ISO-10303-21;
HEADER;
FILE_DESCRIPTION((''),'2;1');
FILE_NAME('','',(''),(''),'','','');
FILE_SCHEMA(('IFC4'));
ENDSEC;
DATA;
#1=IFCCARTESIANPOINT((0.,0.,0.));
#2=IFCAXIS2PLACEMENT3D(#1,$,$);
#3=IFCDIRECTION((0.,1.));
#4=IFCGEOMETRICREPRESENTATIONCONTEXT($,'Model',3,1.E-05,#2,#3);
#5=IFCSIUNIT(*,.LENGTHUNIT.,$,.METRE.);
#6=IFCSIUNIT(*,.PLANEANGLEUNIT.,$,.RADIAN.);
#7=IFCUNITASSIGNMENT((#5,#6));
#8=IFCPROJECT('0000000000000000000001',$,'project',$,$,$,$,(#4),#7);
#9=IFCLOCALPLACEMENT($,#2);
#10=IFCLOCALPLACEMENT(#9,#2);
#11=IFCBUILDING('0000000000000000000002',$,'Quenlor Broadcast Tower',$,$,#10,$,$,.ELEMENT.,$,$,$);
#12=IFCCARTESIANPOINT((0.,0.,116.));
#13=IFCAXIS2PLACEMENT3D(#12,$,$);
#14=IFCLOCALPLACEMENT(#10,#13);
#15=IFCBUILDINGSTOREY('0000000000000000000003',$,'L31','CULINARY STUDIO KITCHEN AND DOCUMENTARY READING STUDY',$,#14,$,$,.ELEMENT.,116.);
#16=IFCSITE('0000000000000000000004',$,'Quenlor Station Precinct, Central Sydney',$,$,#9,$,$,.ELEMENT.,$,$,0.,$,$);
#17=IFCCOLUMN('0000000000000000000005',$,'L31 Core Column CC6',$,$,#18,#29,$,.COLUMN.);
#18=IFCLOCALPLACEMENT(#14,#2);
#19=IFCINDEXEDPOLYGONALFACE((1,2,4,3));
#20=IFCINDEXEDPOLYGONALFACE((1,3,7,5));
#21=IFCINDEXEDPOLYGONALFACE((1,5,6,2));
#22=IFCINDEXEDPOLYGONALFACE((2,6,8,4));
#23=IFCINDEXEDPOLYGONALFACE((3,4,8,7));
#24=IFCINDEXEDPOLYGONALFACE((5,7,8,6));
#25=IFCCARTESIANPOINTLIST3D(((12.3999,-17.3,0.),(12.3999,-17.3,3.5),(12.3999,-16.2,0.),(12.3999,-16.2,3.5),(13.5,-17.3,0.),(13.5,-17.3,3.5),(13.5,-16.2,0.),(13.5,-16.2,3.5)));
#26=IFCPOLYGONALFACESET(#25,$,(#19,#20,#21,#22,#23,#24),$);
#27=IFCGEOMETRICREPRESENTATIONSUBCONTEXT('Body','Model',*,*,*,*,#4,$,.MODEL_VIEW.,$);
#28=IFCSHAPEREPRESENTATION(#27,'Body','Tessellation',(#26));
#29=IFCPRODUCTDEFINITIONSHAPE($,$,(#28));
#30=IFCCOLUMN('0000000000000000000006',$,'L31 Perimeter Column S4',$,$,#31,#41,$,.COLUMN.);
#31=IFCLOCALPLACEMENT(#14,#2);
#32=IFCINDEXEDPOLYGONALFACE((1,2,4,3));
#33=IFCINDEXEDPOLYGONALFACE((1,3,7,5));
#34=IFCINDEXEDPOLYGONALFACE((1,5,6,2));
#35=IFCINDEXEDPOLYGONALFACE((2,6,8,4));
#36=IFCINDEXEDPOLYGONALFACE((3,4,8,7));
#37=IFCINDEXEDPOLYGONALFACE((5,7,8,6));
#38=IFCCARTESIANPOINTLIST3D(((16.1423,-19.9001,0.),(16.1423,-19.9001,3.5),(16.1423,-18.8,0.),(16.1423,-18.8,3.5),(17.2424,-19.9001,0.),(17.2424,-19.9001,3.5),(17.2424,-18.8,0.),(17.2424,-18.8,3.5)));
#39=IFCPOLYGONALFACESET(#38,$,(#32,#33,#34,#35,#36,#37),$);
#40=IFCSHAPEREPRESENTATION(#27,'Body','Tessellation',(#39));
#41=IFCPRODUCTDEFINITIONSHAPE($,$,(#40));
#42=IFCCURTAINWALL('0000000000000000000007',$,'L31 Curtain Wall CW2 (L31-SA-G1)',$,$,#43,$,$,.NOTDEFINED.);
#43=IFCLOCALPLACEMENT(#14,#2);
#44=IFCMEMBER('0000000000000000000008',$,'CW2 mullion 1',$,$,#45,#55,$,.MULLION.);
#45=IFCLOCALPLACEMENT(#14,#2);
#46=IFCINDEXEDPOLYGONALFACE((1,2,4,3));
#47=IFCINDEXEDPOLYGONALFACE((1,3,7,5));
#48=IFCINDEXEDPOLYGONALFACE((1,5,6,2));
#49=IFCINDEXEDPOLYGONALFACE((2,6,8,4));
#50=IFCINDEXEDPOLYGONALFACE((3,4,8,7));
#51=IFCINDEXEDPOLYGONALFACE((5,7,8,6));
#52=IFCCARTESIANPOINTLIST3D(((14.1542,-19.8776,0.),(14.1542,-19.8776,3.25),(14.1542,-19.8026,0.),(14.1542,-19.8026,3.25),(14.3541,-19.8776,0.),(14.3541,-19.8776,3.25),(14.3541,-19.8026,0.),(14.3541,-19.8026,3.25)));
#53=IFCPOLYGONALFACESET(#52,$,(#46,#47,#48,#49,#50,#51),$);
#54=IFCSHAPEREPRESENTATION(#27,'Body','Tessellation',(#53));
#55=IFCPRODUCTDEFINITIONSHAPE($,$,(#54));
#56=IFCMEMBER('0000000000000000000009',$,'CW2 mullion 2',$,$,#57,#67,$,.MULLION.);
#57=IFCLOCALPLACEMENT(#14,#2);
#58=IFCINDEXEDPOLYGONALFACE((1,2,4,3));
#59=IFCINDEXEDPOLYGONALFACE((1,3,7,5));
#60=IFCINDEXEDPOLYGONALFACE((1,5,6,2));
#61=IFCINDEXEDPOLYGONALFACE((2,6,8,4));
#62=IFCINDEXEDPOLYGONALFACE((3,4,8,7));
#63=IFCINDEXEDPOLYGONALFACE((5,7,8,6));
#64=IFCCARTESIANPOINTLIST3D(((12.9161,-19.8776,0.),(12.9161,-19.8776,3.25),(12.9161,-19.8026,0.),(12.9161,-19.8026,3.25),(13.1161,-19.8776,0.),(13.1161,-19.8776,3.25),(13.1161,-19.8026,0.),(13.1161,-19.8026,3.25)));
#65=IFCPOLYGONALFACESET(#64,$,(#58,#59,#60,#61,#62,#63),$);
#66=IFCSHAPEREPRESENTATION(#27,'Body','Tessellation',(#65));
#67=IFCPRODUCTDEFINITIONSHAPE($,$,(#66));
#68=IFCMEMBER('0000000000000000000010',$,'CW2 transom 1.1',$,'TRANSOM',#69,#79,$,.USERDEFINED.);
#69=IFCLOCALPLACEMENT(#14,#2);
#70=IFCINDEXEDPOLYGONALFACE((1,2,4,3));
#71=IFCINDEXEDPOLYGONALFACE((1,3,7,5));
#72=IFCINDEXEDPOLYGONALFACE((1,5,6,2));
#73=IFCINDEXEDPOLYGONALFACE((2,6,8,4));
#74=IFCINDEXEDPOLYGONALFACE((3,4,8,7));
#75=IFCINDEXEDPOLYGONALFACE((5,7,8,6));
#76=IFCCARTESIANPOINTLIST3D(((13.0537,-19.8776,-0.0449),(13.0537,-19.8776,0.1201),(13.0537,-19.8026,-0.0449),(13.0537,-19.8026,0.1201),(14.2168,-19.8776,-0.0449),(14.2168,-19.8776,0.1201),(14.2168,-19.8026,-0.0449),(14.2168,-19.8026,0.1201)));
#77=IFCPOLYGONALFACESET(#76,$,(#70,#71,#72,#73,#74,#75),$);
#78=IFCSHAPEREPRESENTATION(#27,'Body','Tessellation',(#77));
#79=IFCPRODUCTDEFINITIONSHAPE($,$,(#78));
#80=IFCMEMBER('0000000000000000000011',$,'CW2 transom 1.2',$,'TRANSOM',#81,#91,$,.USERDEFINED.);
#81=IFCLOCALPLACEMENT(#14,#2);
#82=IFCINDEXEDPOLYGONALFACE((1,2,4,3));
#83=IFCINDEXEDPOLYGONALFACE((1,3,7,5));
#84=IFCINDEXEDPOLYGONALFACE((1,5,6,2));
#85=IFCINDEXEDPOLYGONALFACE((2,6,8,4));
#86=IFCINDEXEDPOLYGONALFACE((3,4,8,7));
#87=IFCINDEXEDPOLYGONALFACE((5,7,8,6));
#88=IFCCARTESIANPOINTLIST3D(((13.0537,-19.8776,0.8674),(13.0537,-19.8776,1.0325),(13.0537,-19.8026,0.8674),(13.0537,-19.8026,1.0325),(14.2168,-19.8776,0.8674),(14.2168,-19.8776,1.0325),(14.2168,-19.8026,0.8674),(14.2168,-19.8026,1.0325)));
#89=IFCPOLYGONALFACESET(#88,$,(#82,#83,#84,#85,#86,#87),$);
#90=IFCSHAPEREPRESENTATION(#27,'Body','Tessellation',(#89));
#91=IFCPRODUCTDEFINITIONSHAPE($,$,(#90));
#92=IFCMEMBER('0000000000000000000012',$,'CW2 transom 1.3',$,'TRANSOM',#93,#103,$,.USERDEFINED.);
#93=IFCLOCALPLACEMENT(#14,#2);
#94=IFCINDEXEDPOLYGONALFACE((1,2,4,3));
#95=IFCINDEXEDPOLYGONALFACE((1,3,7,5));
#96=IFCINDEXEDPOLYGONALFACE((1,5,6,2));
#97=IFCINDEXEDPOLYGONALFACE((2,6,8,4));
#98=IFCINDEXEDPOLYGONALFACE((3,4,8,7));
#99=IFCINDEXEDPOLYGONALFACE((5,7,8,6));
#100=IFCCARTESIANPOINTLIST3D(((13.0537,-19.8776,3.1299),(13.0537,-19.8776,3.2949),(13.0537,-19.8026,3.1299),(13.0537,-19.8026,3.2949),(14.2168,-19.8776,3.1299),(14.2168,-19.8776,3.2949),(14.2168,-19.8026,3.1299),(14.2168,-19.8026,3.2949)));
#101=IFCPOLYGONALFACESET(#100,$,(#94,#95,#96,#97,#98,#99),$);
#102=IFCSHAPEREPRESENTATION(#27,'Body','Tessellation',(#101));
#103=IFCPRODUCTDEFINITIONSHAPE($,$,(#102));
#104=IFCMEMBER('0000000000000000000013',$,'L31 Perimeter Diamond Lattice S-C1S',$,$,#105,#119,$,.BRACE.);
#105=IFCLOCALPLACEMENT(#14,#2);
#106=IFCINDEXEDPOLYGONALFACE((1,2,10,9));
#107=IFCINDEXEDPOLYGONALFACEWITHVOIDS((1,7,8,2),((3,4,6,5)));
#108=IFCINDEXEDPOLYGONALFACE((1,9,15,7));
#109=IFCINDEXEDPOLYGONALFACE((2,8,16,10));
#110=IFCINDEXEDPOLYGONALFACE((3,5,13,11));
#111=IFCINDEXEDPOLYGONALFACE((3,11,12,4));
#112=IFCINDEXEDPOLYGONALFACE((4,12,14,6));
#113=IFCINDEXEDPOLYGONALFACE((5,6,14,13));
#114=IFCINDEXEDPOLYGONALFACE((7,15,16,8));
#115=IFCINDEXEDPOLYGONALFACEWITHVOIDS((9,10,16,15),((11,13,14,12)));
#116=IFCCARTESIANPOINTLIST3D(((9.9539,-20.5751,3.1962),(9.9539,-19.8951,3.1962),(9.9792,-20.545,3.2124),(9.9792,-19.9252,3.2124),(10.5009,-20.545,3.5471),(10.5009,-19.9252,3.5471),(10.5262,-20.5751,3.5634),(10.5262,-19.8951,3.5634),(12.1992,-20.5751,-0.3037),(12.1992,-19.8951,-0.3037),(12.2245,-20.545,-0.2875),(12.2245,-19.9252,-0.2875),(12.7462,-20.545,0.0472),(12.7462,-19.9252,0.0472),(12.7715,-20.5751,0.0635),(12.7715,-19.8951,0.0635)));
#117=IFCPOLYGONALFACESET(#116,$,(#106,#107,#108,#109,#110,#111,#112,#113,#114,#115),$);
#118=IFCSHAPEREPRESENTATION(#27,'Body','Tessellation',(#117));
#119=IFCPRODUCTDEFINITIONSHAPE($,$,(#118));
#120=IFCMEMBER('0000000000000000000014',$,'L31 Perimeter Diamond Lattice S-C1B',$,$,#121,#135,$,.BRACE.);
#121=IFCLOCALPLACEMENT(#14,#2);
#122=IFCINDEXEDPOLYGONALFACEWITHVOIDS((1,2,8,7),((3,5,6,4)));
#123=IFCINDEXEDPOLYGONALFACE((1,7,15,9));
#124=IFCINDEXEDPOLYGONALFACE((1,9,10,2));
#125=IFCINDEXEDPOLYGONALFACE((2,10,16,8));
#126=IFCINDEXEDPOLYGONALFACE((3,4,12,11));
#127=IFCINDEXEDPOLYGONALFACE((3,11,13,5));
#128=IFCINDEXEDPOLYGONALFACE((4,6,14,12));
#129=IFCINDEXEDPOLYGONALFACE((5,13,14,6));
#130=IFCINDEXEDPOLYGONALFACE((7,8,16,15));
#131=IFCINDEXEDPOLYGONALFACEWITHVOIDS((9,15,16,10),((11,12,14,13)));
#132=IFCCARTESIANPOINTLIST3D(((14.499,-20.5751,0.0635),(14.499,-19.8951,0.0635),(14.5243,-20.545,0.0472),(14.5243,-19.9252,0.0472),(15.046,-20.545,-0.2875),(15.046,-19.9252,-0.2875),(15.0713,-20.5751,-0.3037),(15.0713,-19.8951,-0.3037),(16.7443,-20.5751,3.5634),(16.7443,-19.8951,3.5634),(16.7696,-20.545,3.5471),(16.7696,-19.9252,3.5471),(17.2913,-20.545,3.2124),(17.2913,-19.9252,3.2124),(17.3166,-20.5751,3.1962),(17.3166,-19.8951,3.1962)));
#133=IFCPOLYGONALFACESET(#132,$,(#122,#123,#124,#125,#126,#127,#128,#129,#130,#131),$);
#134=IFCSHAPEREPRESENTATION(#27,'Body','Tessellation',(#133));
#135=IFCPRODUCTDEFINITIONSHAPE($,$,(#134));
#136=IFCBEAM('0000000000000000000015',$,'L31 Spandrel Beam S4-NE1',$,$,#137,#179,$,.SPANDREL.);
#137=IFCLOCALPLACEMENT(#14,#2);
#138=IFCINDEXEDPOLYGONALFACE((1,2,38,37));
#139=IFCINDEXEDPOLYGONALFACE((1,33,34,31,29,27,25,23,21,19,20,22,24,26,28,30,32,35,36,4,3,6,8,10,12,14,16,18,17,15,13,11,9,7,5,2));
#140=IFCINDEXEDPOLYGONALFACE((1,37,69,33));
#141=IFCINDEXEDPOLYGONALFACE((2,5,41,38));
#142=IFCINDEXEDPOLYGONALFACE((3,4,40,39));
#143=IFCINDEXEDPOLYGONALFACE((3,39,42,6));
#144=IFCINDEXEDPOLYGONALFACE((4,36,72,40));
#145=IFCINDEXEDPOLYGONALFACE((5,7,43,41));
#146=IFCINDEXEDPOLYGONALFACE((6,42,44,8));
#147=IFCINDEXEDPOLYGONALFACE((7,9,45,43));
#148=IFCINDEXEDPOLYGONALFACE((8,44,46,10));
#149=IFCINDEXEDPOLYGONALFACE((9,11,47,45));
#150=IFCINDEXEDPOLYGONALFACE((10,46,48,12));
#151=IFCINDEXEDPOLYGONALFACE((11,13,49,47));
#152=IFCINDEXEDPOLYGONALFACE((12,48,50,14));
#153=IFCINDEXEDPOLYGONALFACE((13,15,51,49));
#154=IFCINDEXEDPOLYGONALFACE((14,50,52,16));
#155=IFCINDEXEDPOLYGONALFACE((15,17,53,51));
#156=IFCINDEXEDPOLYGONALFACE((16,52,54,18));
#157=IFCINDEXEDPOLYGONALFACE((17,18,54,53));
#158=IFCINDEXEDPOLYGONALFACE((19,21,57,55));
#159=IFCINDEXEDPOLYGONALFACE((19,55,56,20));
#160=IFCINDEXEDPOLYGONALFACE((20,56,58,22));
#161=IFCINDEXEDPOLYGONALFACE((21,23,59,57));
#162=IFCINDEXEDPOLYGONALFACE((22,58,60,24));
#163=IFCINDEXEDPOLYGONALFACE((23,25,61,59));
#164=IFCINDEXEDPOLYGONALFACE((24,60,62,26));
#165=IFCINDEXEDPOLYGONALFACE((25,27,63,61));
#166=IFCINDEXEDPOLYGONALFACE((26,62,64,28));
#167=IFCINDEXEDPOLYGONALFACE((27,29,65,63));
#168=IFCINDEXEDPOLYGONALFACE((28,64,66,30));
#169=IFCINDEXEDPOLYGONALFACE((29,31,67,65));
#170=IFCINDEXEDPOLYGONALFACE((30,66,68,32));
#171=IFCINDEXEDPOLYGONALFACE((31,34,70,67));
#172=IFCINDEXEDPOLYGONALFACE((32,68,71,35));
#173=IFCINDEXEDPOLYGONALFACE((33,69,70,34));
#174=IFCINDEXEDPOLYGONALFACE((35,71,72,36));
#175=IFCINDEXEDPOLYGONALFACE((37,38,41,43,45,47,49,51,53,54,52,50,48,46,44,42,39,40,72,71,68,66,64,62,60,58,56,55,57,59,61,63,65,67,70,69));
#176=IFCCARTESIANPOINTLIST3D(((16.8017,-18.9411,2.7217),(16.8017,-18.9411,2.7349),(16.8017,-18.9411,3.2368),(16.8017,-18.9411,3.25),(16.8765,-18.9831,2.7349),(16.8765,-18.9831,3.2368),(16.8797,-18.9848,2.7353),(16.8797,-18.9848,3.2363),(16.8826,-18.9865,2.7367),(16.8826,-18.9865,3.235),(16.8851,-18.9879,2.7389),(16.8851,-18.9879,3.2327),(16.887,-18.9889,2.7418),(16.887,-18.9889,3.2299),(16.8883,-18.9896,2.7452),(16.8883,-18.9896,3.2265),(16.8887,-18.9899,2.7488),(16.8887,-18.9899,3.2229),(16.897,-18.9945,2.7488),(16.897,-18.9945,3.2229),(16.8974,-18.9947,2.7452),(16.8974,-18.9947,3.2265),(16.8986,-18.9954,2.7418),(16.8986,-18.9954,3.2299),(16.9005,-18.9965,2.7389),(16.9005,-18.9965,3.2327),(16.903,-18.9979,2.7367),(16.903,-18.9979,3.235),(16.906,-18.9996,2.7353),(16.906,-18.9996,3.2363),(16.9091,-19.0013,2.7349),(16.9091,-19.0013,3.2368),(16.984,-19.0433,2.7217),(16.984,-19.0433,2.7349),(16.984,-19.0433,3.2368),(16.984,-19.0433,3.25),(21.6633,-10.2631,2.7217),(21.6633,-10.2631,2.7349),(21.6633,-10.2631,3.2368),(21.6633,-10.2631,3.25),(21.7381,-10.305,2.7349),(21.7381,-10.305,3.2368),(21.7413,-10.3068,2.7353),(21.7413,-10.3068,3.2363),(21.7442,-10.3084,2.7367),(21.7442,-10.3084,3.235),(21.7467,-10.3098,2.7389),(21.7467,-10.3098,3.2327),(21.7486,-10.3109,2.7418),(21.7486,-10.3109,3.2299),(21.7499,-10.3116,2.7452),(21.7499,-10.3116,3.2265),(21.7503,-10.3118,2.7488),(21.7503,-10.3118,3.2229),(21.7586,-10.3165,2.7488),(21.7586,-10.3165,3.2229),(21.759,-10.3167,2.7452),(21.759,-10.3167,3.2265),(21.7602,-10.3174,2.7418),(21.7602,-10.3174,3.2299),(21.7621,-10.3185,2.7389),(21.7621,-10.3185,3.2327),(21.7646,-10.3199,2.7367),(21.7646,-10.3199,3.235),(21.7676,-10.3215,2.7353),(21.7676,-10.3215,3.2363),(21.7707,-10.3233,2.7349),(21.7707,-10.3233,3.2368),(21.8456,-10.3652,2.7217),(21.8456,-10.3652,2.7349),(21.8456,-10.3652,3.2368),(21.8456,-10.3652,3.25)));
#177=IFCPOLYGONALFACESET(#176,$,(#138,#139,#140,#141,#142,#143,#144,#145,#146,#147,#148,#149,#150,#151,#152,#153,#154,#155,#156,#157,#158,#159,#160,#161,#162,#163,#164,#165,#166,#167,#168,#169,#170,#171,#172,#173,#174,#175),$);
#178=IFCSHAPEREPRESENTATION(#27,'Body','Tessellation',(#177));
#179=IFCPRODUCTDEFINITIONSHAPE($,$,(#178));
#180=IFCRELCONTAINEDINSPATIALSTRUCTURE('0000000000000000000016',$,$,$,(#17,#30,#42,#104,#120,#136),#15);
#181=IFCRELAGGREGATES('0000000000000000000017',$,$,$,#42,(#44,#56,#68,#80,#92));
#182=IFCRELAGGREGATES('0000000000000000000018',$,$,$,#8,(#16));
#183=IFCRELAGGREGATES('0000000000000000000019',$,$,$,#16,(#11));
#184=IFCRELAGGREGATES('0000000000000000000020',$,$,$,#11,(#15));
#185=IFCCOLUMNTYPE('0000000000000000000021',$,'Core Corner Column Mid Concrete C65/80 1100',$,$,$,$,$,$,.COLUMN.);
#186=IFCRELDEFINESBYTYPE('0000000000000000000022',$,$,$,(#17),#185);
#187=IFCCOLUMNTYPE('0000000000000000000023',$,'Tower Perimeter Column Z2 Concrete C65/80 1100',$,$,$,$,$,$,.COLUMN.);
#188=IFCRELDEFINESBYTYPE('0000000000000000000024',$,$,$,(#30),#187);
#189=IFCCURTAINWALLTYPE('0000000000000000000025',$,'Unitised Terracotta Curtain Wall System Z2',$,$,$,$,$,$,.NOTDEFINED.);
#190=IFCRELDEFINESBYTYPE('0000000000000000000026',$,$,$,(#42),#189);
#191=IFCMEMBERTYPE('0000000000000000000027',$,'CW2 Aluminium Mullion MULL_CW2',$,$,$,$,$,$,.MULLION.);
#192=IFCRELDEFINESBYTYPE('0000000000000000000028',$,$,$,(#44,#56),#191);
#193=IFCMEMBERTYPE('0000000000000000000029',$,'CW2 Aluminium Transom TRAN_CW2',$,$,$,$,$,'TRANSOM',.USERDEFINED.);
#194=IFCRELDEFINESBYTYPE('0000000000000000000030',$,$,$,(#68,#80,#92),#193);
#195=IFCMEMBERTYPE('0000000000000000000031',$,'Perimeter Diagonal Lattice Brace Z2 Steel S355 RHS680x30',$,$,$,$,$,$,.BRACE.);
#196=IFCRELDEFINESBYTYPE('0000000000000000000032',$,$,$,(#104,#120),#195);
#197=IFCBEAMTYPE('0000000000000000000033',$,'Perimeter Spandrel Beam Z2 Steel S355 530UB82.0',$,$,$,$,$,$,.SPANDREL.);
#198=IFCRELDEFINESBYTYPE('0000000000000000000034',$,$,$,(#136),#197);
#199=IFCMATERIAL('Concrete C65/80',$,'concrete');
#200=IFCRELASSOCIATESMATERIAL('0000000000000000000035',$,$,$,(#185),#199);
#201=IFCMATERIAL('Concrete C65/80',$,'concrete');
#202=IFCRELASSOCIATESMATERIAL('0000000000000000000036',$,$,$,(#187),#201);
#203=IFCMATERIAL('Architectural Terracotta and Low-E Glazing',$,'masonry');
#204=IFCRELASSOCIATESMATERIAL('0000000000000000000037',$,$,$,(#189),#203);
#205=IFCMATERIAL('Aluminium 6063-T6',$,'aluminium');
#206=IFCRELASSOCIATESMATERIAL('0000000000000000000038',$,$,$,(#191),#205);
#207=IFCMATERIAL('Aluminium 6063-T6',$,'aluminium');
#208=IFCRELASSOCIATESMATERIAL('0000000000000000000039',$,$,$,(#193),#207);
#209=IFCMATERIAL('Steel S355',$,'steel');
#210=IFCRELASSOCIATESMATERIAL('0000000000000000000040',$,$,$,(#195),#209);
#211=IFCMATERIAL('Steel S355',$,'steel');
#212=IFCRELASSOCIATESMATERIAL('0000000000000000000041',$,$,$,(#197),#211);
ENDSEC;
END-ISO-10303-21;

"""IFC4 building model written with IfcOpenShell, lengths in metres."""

from ifc_helpers import new_model, si_unit, direction, frame, origin, origin_2d, place, context, subcontext, project, spatial, rectangle, hollow_rectangle, i_section, extrude, material, material_profile, profile_set, type_object, element, aggregate, save


model = new_model("IFC4")

# Units and contexts
model_context = context("Model", 3, precision=1e-05, world=origin(), true_north=direction((0.0, 1.0)))
body_context = subcontext(model_context, "Body", "Model", "MODEL_VIEW")
ifc_project = project(units=[si_unit("LENGTHUNIT", "METRE"), si_unit("PLANEANGLEUNIT", "RADIAN")], contexts=[model_context])

# Site, building, storey
site_placement = place(None, origin())
site = spatial("IfcSite", under=ifc_project, at=site_placement, Name="Quenlor Station Precinct, Central Sydney", CompositionType="ELEMENT", RefElevation=0.0)
building_placement = place(site_placement, origin())
building = spatial("IfcBuilding", under=site, at=building_placement, Name="Quenlor Broadcast Tower", CompositionType="ELEMENT")
storey_placement = place(building_placement, frame((0.0, 0.0, 116.0)))
storey = spatial("IfcBuildingStorey", under=building, at=storey_placement, Name="L31", Description="CULINARY STUDIO KITCHEN AND DOCUMENTARY READING STUDY", CompositionType="ELEMENT", Elevation=116.0)

# Columns
ifc_material_1 = material(Name="Concrete C65/80", Category="concrete")
ifc_material_profile_1 = material_profile(ifc_material_1, rectangle(XDim=1.1001, YDim=1.1001, at=origin_2d()))
ifc_profile_set_1 = profile_set([ifc_material_profile_1], Name="Concrete C65/80 RC1100x1100")
column_type_1 = type_object("IfcColumnType", Name="Core Corner Column Mid Concrete C65/80 1100", PredefinedType="COLUMN", material=ifc_profile_set_1)
column_1_placement = place(storey_placement, frame((12.95, -16.75, 0.0), z_axis=(0.0, 0.0, 1.0), x_axis=(1.0, 0.0, 0.0)))
element("IfcColumn", 1, at=column_1_placement, inside=storey, type_object=column_type_1, Name="L31 Core Column CC6", PredefinedType="COLUMN", context=body_context, shape_type="SweptSolid", body=[
    extrude(rectangle(XDim=1.1001, YDim=1.1001, at=origin_2d()), origin(), (0.0, 0.0, 1.0), 3.5),
])
ifc_material_2 = material(Name="Concrete C65/80", Category="concrete")
ifc_material_profile_2 = material_profile(ifc_material_2, rectangle(XDim=1.1001, YDim=1.1001, at=origin_2d()))
ifc_profile_set_2 = profile_set([ifc_material_profile_2], Name="Concrete C65/80 RC1100x1100")
column_type_2 = type_object("IfcColumnType", Name="Tower Perimeter Column Z2 Concrete C65/80 1100", PredefinedType="COLUMN", material=ifc_profile_set_2)
column_2_placement = place(storey_placement, frame((16.6924, -19.3501, 0.0), z_axis=(0.0, 0.0, 1.0), x_axis=(0.0, 1.0, 0.0)))
element("IfcColumn", 2, at=column_2_placement, inside=storey, type_object=column_type_2, Name="L31 Perimeter Column S4", PredefinedType="COLUMN", context=body_context, shape_type="SweptSolid", body=[
    extrude(rectangle(XDim=1.1001, YDim=1.1001, at=origin_2d()), origin(), (0.0, 0.0, 1.0), 3.5),
])

# Curtain wall, members
ifc_material_3 = material(Name="Architectural Terracotta and Low-E Glazing", Category="masonry")
curtain_wall_type = type_object("IfcCurtainWallType", Name="Unitised Terracotta Curtain Wall System Z2", PredefinedType="NOTDEFINED", material=ifc_material_3)
curtain_wall_placement = place(storey_placement, origin())
curtain_wall = element("IfcCurtainWall", 3, at=curtain_wall_placement, inside=storey, type_object=curtain_wall_type, Name="L31 Curtain Wall CW2 (L31-SA-G1)", PredefinedType="NOTDEFINED")
ifc_material_4 = material(Name="Aluminium 6063-T6", Category="aluminium")
ifc_material_profile_3 = material_profile(ifc_material_4, rectangle(XDim=0.075, YDim=0.2, at=origin_2d()))
ifc_profile_set_3 = profile_set([ifc_material_profile_3], Name="Aluminium 6063-T6 MULL75x200")
member_type_1 = type_object("IfcMemberType", Name="CW2 Aluminium Mullion MULL_CW2", PredefinedType="MULLION", material=ifc_profile_set_3)
member_1_placement = place(storey_placement, frame((14.2542, -19.8401, 0.0), z_axis=(0.0, 0.0, 1.0), x_axis=(0.0, -1.0, 0.0)))
member_1 = element("IfcMember", 4, at=member_1_placement, type_object=member_type_1, Name="CW2 mullion 1", PredefinedType="MULLION", context=body_context, shape_type="SweptSolid", body=[
    extrude(rectangle(XDim=0.075, YDim=0.2, at=origin_2d()), origin(), (0.0, 0.0, 1.0), 3.25),
])
member_2_placement = place(storey_placement, frame((13.0161, -19.8401, 0.0), z_axis=(0.0, 0.0, 1.0), x_axis=(0.0, -1.0, 0.0)))
member_2 = element("IfcMember", 5, at=member_2_placement, type_object=member_type_1, Name="CW2 mullion 2", PredefinedType="MULLION", context=body_context, shape_type="SweptSolid", body=[
    extrude(rectangle(XDim=0.075, YDim=0.2, at=origin_2d()), origin(), (0.0, 0.0, 1.0), 3.25),
])
ifc_material_5 = material(Name="Aluminium 6063-T6", Category="aluminium")
ifc_material_profile_4 = material_profile(ifc_material_5, rectangle(XDim=0.075, YDim=0.165, at=origin_2d()))
ifc_profile_set_4 = profile_set([ifc_material_profile_4], Name="Aluminium 6063-T6 TRAN75x165")
member_type_2 = type_object("IfcMemberType", Name="CW2 Aluminium Transom TRAN_CW2", ElementType="TRANSOM", PredefinedType="USERDEFINED", material=ifc_profile_set_4)
member_3_placement = place(storey_placement, frame((14.2168, -19.8401, 0.0376), z_axis=(-1.0, 0.0, 0.0), x_axis=(0.0, -1.0, 0.0)))
member_3 = element("IfcMember", 6, at=member_3_placement, type_object=member_type_2, Name="CW2 transom 1.1", ObjectType="TRANSOM", PredefinedType="USERDEFINED", context=body_context, shape_type="SweptSolid", body=[
    extrude(rectangle(XDim=0.075, YDim=0.165, at=origin_2d()), origin(), (0.0, 0.0, 1.0), 1.1631),
])
member_4_placement = place(storey_placement, frame((14.2168, -19.8401, 0.95), z_axis=(-1.0, 0.0, 0.0), x_axis=(0.0, -1.0, 0.0)))
member_4 = element("IfcMember", 7, at=member_4_placement, type_object=member_type_2, Name="CW2 transom 1.2", ObjectType="TRANSOM", PredefinedType="USERDEFINED", context=body_context, shape_type="SweptSolid", body=[
    extrude(rectangle(XDim=0.075, YDim=0.165, at=origin_2d()), origin(), (0.0, 0.0, 1.0), 1.1631),
])
member_5_placement = place(storey_placement, frame((14.2168, -19.8401, 3.2124), z_axis=(-1.0, 0.0, 0.0), x_axis=(0.0, -1.0, 0.0)))
member_5 = element("IfcMember", 8, at=member_5_placement, type_object=member_type_2, Name="CW2 transom 1.3", ObjectType="TRANSOM", PredefinedType="USERDEFINED", context=body_context, shape_type="SweptSolid", body=[
    extrude(rectangle(XDim=0.075, YDim=0.165, at=origin_2d()), origin(), (0.0, 0.0, 1.0), 1.1631),
])

# Members
ifc_material_6 = material(Name="Steel S355", Category="steel")
ifc_material_profile_5 = material_profile(ifc_material_6, hollow_rectangle(XDim=0.6799, YDim=0.6799, WallThickness=0.03, at=origin_2d()))
ifc_profile_set_5 = profile_set([ifc_material_profile_5], Name="Steel S355 RHS680x680x30")
member_type_3 = type_object("IfcMemberType", Name="Perimeter Diagonal Lattice Brace Z2 Steel S355 RHS680x30", PredefinedType="BRACE", material=ifc_profile_set_5)
for number, where, z_axis, x_axis, name in (
    (9, (12.4854, -20.2351, -0.1201), (-0.539968, 0.0, 0.841686), (0.0, -1.0, 0.0), "L31 Perimeter Diamond Lattice S-C1S"),
    (10, (14.7852, -20.2351, -0.1201), (0.539968, 0.0, 0.841686), (0.0, 1.0, 0.0), "L31 Perimeter Diamond Lattice S-C1B"),
):
    element("IfcMember", number, at=place(storey_placement, frame(where, z_axis=z_axis, x_axis=x_axis)), inside=storey, type_object=member_type_3, Name=name, PredefinedType="BRACE", context=body_context, shape_type="SweptSolid", body=[
        extrude(hollow_rectangle(XDim=0.6799, YDim=0.6799, WallThickness=0.03, at=origin_2d()), origin(), (0.0, 0.0, 1.0), 4.1582),
    ])

# Beam
ifc_material_7 = material(Name="Steel S355", Category="steel")
ifc_material_profile_6 = material_profile(ifc_material_7, i_section(OverallWidth=0.209, OverallDepth=0.5283, WebThickness=0.0095, FlangeThickness=0.0132, FilletRadius=0.0139, at=origin_2d()))
ifc_profile_set_6 = profile_set([ifc_material_profile_6], Name="Steel S355 530UB82.0")
beam_type_1 = type_object("IfcBeamType", Name="Perimeter Spandrel Beam Z2 Steel S355 530UB82.0", PredefinedType="SPANDREL", material=ifc_profile_set_6)
beam_1_placement = place(storey_placement, frame((16.8928, -18.9922, 2.9858), z_axis=(0.488749, 0.872424, 0.0), x_axis=(-0.872424, 0.488749, 0.0)))
element("IfcBeam", 11, at=beam_1_placement, inside=storey, type_object=beam_type_1, Name="L31 Spandrel Beam S4-NE1", PredefinedType="SPANDREL", context=body_context, shape_type="SweptSolid", body=[
    extrude(i_section(OverallWidth=0.209, OverallDepth=0.5283, WebThickness=0.0095, FlangeThickness=0.0132, FilletRadius=0.0139, at=origin_2d()), origin(), (0.0, 0.0, 1.0), 9.947),
])

aggregate(curtain_wall, [member_1, member_2, member_3, member_4, member_5])

save(model, "model.ifc")
